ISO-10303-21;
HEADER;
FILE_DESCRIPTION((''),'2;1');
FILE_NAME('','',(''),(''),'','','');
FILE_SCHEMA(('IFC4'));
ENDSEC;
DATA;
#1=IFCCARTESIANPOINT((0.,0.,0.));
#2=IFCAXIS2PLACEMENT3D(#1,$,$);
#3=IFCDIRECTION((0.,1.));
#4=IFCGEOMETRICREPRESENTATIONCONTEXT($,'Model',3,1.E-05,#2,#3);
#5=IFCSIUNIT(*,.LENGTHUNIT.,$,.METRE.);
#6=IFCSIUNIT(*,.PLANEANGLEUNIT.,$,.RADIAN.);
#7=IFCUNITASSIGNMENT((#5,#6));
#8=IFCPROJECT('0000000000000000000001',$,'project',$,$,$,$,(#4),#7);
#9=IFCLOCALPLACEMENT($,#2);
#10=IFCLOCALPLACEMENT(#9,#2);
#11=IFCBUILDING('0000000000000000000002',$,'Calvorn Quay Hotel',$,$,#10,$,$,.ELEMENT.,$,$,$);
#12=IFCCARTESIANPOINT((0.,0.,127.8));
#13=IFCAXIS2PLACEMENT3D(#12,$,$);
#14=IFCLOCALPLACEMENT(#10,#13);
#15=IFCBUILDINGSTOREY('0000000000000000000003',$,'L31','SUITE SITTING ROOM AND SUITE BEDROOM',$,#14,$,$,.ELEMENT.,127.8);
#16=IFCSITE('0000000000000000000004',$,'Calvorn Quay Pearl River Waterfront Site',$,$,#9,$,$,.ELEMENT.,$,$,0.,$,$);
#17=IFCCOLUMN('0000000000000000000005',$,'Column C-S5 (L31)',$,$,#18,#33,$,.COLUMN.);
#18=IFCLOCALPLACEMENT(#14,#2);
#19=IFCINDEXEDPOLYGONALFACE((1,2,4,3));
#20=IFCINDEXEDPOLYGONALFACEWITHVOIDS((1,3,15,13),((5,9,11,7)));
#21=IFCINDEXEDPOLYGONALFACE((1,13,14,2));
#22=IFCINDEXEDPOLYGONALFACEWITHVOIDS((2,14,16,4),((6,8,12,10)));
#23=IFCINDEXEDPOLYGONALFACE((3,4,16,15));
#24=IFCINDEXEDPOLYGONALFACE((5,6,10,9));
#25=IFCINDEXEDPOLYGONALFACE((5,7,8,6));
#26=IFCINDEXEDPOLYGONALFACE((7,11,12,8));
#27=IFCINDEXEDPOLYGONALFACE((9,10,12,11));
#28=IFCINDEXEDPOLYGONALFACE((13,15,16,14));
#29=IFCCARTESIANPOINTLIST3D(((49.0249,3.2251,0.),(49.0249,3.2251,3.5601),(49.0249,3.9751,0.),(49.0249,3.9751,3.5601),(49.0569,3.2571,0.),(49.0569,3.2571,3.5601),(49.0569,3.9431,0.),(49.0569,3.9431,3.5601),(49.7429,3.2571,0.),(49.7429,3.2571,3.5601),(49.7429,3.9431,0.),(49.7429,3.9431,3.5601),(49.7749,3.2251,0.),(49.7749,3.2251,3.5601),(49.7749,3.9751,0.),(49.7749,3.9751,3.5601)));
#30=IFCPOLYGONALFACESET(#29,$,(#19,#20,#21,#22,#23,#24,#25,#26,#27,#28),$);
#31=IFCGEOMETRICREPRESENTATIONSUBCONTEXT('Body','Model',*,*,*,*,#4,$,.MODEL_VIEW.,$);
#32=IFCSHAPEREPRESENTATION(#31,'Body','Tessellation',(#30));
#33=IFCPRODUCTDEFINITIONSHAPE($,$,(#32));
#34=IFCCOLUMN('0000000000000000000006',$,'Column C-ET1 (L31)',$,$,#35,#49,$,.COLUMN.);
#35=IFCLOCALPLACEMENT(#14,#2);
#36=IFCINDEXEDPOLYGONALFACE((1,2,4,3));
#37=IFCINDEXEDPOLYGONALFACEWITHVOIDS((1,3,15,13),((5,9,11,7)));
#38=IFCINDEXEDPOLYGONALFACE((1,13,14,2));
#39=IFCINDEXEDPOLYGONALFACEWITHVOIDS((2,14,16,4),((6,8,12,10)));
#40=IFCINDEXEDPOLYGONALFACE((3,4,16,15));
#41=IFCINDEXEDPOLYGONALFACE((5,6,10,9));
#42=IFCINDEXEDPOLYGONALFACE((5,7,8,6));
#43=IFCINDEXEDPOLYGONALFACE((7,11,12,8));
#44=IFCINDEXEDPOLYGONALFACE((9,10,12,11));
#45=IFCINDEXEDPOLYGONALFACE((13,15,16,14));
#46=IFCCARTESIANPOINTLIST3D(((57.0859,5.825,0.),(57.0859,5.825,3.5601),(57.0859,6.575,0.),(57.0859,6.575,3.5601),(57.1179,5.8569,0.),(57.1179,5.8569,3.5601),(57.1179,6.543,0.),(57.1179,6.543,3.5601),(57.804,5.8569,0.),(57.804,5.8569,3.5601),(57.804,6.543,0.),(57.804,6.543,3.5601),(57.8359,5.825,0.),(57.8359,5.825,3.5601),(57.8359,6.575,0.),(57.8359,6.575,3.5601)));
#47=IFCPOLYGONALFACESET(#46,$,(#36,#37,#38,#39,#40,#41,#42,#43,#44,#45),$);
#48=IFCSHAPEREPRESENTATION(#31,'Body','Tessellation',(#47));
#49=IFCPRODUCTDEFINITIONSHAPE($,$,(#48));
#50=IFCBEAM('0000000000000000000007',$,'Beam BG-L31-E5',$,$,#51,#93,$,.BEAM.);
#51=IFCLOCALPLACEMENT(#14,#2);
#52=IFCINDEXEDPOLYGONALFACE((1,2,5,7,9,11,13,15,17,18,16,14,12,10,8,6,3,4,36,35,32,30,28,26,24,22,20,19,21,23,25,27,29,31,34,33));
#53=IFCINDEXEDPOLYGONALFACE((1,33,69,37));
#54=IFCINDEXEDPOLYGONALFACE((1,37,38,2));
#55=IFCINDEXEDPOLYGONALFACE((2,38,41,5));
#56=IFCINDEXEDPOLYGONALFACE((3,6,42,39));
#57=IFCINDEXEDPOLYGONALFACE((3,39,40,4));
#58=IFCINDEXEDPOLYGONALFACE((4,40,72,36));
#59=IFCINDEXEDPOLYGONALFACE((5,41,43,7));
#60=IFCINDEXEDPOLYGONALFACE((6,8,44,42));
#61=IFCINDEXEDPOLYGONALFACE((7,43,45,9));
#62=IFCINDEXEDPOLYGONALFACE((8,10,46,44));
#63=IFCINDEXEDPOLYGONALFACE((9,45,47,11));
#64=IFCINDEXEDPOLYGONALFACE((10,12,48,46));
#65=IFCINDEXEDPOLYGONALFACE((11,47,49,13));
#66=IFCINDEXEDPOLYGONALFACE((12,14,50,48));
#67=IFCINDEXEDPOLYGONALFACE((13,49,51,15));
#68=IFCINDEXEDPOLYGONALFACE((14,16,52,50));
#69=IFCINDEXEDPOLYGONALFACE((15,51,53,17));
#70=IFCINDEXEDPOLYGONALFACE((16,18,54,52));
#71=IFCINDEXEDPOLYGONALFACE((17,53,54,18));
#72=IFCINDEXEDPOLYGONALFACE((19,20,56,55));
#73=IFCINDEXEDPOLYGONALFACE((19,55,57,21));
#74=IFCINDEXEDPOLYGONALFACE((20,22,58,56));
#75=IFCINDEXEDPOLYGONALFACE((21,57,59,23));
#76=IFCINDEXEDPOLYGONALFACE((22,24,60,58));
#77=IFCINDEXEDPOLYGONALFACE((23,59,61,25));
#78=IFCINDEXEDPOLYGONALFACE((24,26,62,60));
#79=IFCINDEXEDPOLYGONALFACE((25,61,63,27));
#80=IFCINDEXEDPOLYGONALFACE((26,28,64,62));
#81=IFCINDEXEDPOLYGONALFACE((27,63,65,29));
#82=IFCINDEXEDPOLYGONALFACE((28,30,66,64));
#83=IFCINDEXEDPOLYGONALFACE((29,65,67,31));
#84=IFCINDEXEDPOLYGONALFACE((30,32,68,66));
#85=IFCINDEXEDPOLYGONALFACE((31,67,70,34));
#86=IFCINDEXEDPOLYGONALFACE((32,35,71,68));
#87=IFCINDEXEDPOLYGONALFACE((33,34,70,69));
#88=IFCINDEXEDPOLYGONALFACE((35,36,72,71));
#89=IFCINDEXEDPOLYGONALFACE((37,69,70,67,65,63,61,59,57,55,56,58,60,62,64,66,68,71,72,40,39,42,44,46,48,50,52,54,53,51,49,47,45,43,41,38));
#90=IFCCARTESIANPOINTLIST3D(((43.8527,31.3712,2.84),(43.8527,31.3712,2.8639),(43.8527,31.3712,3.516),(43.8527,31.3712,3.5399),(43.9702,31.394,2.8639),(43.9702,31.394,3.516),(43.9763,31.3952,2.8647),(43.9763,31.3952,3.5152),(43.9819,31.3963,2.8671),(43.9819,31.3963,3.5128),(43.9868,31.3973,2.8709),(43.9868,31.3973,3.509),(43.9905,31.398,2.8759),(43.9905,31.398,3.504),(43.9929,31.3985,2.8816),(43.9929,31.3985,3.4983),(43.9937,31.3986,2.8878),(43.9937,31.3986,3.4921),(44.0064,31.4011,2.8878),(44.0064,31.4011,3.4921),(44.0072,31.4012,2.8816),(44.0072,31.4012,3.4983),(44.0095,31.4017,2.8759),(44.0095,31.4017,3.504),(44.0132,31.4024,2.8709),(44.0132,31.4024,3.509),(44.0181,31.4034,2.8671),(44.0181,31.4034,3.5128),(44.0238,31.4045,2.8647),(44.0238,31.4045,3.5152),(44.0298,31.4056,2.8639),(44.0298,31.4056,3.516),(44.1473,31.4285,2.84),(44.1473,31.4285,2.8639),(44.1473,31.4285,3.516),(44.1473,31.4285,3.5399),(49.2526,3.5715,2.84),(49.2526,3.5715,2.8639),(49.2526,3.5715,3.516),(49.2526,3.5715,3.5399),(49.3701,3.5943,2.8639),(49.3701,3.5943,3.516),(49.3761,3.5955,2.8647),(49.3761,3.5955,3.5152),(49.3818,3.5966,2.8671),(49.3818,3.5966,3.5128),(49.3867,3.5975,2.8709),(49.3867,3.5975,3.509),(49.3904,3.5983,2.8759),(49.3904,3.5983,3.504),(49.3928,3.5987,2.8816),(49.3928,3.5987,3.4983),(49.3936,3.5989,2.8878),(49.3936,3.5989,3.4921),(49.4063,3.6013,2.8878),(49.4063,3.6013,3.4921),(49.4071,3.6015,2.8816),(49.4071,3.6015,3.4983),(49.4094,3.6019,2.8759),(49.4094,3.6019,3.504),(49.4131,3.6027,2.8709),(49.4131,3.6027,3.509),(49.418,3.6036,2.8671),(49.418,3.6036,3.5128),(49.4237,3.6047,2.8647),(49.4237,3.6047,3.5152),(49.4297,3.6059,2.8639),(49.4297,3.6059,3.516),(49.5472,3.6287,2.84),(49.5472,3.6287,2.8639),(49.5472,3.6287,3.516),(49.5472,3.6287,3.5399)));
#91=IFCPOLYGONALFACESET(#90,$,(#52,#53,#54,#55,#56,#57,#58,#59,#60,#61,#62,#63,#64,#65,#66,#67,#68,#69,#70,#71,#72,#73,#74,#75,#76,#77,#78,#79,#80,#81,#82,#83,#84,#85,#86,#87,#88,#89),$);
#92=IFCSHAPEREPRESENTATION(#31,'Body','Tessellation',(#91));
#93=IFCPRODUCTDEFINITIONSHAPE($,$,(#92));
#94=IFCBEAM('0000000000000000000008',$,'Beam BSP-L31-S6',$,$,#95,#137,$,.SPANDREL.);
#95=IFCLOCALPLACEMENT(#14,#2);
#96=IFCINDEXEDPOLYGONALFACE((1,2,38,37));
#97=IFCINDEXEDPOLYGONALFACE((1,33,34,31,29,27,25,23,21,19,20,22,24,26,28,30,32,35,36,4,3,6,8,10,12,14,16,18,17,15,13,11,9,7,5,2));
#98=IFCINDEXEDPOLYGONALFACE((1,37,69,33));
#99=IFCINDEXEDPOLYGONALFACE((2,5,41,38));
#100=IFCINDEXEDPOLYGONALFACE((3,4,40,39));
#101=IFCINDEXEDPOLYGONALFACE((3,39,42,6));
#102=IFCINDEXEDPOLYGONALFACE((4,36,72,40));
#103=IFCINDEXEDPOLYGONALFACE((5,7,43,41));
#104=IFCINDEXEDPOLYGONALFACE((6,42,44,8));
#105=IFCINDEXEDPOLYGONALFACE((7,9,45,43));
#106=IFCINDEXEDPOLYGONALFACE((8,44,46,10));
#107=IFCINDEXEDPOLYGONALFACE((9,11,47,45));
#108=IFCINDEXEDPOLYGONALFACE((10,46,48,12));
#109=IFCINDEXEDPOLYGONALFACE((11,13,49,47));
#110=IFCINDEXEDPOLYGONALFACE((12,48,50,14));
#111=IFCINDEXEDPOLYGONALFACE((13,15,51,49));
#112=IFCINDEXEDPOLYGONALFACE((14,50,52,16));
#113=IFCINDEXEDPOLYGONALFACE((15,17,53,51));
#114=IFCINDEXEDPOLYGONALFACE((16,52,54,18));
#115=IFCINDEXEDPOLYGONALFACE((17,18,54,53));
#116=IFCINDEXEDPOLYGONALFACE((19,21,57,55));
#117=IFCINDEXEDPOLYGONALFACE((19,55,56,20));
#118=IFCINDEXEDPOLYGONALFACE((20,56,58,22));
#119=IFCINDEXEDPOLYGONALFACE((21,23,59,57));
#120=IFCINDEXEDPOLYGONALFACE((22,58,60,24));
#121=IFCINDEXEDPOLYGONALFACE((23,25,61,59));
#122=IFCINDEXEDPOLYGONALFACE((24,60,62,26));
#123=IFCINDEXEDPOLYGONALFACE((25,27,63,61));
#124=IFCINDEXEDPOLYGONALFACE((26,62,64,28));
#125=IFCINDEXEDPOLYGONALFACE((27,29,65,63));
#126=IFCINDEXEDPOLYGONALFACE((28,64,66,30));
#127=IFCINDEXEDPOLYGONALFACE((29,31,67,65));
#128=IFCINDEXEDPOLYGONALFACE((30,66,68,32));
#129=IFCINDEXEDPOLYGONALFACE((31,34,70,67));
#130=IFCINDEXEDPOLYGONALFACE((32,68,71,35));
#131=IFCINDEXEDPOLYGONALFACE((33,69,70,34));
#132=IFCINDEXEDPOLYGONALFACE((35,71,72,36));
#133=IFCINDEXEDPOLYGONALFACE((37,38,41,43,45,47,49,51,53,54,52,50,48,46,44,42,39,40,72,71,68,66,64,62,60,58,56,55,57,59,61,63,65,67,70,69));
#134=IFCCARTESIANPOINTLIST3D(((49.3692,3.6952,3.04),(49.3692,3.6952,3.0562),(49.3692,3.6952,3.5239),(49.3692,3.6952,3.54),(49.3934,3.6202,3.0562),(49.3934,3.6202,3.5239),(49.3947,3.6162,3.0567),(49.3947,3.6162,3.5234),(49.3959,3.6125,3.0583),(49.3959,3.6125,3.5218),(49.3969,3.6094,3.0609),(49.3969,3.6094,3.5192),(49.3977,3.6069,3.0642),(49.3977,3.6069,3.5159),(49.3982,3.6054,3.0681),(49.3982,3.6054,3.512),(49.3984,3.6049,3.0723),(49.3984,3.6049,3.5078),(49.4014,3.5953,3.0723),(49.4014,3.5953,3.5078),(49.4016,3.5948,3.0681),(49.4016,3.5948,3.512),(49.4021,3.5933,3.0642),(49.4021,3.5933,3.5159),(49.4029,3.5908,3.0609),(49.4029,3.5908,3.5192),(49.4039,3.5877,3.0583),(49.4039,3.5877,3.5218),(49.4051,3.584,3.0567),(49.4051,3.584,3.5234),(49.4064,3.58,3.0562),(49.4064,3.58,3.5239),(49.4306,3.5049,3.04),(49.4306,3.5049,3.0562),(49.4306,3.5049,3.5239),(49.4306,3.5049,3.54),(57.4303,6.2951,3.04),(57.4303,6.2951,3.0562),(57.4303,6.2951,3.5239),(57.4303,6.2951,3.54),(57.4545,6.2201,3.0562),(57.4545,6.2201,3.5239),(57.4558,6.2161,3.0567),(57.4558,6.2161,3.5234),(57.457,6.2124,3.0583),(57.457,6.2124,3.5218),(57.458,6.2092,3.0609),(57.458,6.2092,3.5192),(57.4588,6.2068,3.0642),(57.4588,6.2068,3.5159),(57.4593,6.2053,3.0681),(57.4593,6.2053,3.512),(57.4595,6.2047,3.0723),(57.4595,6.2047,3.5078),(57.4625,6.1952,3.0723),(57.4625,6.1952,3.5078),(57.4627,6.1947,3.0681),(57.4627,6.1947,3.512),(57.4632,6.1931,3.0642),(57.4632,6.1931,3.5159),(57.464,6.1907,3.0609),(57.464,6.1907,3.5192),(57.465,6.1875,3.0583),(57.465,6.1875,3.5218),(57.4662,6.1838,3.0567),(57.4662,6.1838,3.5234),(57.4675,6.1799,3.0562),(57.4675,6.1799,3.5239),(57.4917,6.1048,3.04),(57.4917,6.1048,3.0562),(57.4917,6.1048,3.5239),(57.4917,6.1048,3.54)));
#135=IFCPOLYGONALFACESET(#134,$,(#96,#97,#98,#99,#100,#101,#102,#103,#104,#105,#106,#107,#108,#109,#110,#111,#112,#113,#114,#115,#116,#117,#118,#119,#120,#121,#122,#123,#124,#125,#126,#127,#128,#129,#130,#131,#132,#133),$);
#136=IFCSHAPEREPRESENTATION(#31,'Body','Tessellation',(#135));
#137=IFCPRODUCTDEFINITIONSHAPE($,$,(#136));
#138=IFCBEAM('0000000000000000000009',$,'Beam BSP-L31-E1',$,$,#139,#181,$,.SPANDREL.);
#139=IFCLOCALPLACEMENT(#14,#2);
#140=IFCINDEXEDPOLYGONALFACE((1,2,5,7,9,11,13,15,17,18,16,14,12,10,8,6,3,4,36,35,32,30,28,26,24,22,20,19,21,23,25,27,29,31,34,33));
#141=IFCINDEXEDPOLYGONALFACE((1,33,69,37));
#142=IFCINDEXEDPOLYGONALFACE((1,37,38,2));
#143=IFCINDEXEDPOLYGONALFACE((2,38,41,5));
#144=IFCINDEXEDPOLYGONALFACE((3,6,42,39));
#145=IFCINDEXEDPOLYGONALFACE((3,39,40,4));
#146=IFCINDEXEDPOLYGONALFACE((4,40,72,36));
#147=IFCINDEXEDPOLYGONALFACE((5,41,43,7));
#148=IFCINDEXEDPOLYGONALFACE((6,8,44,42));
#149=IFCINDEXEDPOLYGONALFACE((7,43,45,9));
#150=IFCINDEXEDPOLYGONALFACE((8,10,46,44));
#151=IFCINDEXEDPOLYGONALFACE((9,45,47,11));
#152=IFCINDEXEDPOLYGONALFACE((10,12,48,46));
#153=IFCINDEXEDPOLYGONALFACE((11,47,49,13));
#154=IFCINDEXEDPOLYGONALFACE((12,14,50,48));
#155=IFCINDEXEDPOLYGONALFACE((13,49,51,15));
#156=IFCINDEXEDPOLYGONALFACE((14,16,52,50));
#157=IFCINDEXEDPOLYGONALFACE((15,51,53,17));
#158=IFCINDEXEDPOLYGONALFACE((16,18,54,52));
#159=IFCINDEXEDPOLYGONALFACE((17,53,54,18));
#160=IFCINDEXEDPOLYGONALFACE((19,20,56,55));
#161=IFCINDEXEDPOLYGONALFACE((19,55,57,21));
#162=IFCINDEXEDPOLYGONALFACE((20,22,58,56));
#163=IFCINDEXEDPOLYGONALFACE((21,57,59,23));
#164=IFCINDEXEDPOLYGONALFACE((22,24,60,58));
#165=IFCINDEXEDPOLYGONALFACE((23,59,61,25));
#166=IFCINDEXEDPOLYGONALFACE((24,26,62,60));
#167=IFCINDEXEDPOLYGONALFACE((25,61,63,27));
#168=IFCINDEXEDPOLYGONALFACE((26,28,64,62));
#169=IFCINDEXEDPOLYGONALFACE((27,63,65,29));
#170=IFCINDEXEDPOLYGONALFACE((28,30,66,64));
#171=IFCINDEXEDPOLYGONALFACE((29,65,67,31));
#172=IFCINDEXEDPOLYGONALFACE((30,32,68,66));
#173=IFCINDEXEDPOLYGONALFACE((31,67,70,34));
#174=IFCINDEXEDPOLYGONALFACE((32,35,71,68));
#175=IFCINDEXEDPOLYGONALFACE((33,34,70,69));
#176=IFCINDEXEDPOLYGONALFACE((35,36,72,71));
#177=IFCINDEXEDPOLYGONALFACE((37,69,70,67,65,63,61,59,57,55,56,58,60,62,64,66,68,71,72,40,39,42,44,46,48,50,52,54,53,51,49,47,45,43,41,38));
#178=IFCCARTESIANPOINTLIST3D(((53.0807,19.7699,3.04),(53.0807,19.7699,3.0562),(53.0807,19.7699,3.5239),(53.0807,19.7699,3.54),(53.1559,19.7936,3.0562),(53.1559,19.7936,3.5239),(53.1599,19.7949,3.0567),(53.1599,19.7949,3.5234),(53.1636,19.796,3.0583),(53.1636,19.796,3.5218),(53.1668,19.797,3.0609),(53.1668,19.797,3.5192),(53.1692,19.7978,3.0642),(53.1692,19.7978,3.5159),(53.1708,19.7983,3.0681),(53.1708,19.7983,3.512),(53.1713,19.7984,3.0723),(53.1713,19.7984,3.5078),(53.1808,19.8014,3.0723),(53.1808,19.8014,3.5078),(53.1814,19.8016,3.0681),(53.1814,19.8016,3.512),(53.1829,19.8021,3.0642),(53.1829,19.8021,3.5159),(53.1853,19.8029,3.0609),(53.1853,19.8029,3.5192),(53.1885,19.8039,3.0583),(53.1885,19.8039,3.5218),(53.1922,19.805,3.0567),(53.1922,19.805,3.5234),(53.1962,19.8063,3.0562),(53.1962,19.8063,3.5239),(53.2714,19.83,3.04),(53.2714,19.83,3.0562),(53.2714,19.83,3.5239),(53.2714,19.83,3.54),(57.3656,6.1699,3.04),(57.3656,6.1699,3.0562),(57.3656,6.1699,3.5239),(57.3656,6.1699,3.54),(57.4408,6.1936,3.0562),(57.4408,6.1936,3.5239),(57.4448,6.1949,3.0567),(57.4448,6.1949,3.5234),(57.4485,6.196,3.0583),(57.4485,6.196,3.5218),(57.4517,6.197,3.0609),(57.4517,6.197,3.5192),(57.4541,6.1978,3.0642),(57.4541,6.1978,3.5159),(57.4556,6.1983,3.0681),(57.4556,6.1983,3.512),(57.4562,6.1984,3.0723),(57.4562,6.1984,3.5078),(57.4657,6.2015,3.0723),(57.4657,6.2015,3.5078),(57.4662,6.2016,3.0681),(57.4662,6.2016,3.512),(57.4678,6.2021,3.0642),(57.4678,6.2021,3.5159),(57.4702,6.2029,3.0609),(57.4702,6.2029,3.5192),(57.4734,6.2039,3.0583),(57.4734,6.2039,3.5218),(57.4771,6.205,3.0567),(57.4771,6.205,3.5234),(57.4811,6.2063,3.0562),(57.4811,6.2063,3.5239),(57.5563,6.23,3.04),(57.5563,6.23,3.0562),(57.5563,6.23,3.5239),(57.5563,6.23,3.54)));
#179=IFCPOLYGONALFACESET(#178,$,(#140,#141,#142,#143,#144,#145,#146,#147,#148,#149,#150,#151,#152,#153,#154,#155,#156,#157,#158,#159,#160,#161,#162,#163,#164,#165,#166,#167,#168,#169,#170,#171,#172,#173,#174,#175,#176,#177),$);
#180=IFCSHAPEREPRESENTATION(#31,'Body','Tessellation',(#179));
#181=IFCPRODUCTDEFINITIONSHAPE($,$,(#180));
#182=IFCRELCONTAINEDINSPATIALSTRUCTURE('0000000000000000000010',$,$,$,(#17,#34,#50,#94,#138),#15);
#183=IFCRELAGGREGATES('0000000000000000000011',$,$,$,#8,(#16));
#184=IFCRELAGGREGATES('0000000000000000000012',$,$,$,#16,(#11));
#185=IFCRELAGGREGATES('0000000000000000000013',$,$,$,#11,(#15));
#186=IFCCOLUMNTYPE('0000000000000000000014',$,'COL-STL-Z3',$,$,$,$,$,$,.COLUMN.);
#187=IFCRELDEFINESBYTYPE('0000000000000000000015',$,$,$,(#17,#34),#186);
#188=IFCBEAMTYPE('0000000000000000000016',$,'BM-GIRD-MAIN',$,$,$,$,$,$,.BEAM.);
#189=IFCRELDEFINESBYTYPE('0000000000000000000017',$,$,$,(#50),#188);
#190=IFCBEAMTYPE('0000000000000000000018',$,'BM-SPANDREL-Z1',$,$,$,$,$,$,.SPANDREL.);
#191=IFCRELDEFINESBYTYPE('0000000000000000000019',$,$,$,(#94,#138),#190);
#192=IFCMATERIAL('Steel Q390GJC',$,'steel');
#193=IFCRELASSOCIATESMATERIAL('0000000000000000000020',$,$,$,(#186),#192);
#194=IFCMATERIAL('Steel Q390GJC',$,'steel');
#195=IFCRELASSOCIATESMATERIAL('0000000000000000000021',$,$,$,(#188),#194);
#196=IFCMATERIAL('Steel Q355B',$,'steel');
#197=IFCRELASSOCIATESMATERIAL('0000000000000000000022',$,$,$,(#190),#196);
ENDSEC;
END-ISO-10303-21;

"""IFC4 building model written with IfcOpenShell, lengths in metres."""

from ifc_helpers import new_model, si_unit, direction, frame, origin, origin_2d, place, context, subcontext, project, spatial, hollow_rectangle, i_section, extrude, material, material_profile, profile_set, type_object, element, save


model = new_model("IFC4")

# Units and contexts
model_context = context("Model", 3, precision=1e-05, world=origin(), true_north=direction((0.0, 1.0)))
body_context = subcontext(model_context, "Body", "Model", "MODEL_VIEW")
ifc_project = project(units=[si_unit("LENGTHUNIT", "METRE"), si_unit("PLANEANGLEUNIT", "RADIAN")], contexts=[model_context])

# Site, building, storey
site_placement = place(None, origin())
site = spatial("IfcSite", under=ifc_project, at=site_placement, Name="Calvorn Quay Pearl River Waterfront Site", CompositionType="ELEMENT", RefElevation=0.0)
building_placement = place(site_placement, origin())
building = spatial("IfcBuilding", under=site, at=building_placement, Name="Calvorn Quay Hotel", CompositionType="ELEMENT")
storey_placement = place(building_placement, frame((0.0, 0.0, 127.8)))
storey = spatial("IfcBuildingStorey", under=building, at=storey_placement, Name="L31", Description="SUITE SITTING ROOM AND SUITE BEDROOM", CompositionType="ELEMENT", Elevation=127.8)

# Columns
ifc_material_1 = material(Name="Steel Q390GJC", Category="steel")
ifc_material_profile_1 = material_profile(ifc_material_1, hollow_rectangle(XDim=0.75, YDim=0.75, WallThickness=0.032, at=origin_2d()), Name="BOX750x750x32")
ifc_profile_set_1 = profile_set([ifc_material_profile_1], Name="Steel Q390GJC")
column_type = type_object("IfcColumnType", Name="COL-STL-Z3", PredefinedType="COLUMN", material=ifc_profile_set_1)
for number, where, z_axis, x_axis, name in (
    (1, (49.3999, 3.6001, 0.0), (0.0, 0.0, 1.0), (1.0, 0.0, 0.0), "Column C-S5 (L31)"),
    (2, (57.4609, 6.2, 0.0), (0.0, 0.0, 1.0), (1.0, 0.0, 0.0), "Column C-ET1 (L31)"),
):
    element("IfcColumn", number, at=place(storey_placement, frame(where, z_axis=z_axis, x_axis=x_axis)), inside=storey, type_object=column_type, Name=name, PredefinedType="COLUMN", context=body_context, shape_type="SweptSolid", body=[
        extrude(hollow_rectangle(XDim=0.75, YDim=0.75, WallThickness=0.032, at=origin_2d()), origin(), (0.0, 0.0, 1.0), 3.5601),
    ])

# Beams
ifc_material_2 = material(Name="Steel Q390GJC", Category="steel")
ifc_material_profile_2 = material_profile(ifc_material_2, i_section(OverallWidth=0.3, OverallDepth=0.7, WebThickness=0.0129, FlangeThickness=0.0239, FilletRadius=0.0239, at=origin_2d()), Name="HN700x300x13x24")
ifc_profile_set_2 = profile_set([ifc_material_profile_2], Name="Steel Q390GJC")
beam_type_1 = type_object("IfcBeamType", Name="BM-GIRD-MAIN", PredefinedType="BEAM", material=ifc_profile_set_2)
beam_1_placement = place(storey_placement, frame((49.3999, 3.6001, 3.1899), z_axis=(-0.190679, 0.981653, 0.0), x_axis=(-0.981653, -0.190679, 0.0)))
element("IfcBeam", 3, at=beam_1_placement, inside=storey, type_object=beam_type_1, Name="Beam BG-L31-E5", PredefinedType="BEAM", context=body_context, shape_type="SweptSolid", body=[
    extrude(i_section(OverallWidth=0.3, OverallDepth=0.7, WebThickness=0.0129, FlangeThickness=0.0239, FilletRadius=0.0239, at=origin_2d()), origin(), (0.0, 0.0, 1.0), 28.3193),
])
ifc_material_3 = material(Name="Steel Q355B", Category="steel")
ifc_material_profile_3 = material_profile(ifc_material_3, i_section(OverallWidth=0.2, OverallDepth=0.5, WebThickness=0.01, FlangeThickness=0.0161, FilletRadius=0.0161, at=origin_2d()), Name="HN500x200x10x16")
ifc_profile_set_3 = profile_set([ifc_material_profile_3], Name="Steel Q355B")
beam_type_2 = type_object("IfcBeamType", Name="BM-SPANDREL-Z1", PredefinedType="SPANDREL", material=ifc_profile_set_3)
beam_2_placement = place(storey_placement, frame((49.3999, 3.6001, 3.29), z_axis=(0.951725, 0.306951, 0.0), x_axis=(-0.306951, 0.951725, 0.0)))
element("IfcBeam", 4, at=beam_2_placement, inside=storey, type_object=beam_type_2, Name="Beam BSP-L31-S6", PredefinedType="SPANDREL", context=body_context, shape_type="SweptSolid", body=[
    extrude(i_section(OverallWidth=0.2, OverallDepth=0.5, WebThickness=0.01, FlangeThickness=0.0161, FilletRadius=0.0161, at=origin_2d()), origin(), (0.0, 0.0, 1.0), 8.47),
])
beam_3_placement = place(storey_placement, frame((57.4609, 6.2, 3.29), z_axis=(-0.300503, 0.953781, 0.0), x_axis=(-0.953781, -0.300503, 0.0)))
element("IfcBeam", 5, at=beam_3_placement, inside=storey, type_object=beam_type_2, Name="Beam BSP-L31-E1", PredefinedType="SPANDREL", context=body_context, shape_type="SweptSolid", body=[
    extrude(i_section(OverallWidth=0.2, OverallDepth=0.5, WebThickness=0.01, FlangeThickness=0.0161, FilletRadius=0.0161, at=origin_2d()), origin(), (0.0, 0.0, 1.0), 14.259),
])

save(model, "model.ifc")
